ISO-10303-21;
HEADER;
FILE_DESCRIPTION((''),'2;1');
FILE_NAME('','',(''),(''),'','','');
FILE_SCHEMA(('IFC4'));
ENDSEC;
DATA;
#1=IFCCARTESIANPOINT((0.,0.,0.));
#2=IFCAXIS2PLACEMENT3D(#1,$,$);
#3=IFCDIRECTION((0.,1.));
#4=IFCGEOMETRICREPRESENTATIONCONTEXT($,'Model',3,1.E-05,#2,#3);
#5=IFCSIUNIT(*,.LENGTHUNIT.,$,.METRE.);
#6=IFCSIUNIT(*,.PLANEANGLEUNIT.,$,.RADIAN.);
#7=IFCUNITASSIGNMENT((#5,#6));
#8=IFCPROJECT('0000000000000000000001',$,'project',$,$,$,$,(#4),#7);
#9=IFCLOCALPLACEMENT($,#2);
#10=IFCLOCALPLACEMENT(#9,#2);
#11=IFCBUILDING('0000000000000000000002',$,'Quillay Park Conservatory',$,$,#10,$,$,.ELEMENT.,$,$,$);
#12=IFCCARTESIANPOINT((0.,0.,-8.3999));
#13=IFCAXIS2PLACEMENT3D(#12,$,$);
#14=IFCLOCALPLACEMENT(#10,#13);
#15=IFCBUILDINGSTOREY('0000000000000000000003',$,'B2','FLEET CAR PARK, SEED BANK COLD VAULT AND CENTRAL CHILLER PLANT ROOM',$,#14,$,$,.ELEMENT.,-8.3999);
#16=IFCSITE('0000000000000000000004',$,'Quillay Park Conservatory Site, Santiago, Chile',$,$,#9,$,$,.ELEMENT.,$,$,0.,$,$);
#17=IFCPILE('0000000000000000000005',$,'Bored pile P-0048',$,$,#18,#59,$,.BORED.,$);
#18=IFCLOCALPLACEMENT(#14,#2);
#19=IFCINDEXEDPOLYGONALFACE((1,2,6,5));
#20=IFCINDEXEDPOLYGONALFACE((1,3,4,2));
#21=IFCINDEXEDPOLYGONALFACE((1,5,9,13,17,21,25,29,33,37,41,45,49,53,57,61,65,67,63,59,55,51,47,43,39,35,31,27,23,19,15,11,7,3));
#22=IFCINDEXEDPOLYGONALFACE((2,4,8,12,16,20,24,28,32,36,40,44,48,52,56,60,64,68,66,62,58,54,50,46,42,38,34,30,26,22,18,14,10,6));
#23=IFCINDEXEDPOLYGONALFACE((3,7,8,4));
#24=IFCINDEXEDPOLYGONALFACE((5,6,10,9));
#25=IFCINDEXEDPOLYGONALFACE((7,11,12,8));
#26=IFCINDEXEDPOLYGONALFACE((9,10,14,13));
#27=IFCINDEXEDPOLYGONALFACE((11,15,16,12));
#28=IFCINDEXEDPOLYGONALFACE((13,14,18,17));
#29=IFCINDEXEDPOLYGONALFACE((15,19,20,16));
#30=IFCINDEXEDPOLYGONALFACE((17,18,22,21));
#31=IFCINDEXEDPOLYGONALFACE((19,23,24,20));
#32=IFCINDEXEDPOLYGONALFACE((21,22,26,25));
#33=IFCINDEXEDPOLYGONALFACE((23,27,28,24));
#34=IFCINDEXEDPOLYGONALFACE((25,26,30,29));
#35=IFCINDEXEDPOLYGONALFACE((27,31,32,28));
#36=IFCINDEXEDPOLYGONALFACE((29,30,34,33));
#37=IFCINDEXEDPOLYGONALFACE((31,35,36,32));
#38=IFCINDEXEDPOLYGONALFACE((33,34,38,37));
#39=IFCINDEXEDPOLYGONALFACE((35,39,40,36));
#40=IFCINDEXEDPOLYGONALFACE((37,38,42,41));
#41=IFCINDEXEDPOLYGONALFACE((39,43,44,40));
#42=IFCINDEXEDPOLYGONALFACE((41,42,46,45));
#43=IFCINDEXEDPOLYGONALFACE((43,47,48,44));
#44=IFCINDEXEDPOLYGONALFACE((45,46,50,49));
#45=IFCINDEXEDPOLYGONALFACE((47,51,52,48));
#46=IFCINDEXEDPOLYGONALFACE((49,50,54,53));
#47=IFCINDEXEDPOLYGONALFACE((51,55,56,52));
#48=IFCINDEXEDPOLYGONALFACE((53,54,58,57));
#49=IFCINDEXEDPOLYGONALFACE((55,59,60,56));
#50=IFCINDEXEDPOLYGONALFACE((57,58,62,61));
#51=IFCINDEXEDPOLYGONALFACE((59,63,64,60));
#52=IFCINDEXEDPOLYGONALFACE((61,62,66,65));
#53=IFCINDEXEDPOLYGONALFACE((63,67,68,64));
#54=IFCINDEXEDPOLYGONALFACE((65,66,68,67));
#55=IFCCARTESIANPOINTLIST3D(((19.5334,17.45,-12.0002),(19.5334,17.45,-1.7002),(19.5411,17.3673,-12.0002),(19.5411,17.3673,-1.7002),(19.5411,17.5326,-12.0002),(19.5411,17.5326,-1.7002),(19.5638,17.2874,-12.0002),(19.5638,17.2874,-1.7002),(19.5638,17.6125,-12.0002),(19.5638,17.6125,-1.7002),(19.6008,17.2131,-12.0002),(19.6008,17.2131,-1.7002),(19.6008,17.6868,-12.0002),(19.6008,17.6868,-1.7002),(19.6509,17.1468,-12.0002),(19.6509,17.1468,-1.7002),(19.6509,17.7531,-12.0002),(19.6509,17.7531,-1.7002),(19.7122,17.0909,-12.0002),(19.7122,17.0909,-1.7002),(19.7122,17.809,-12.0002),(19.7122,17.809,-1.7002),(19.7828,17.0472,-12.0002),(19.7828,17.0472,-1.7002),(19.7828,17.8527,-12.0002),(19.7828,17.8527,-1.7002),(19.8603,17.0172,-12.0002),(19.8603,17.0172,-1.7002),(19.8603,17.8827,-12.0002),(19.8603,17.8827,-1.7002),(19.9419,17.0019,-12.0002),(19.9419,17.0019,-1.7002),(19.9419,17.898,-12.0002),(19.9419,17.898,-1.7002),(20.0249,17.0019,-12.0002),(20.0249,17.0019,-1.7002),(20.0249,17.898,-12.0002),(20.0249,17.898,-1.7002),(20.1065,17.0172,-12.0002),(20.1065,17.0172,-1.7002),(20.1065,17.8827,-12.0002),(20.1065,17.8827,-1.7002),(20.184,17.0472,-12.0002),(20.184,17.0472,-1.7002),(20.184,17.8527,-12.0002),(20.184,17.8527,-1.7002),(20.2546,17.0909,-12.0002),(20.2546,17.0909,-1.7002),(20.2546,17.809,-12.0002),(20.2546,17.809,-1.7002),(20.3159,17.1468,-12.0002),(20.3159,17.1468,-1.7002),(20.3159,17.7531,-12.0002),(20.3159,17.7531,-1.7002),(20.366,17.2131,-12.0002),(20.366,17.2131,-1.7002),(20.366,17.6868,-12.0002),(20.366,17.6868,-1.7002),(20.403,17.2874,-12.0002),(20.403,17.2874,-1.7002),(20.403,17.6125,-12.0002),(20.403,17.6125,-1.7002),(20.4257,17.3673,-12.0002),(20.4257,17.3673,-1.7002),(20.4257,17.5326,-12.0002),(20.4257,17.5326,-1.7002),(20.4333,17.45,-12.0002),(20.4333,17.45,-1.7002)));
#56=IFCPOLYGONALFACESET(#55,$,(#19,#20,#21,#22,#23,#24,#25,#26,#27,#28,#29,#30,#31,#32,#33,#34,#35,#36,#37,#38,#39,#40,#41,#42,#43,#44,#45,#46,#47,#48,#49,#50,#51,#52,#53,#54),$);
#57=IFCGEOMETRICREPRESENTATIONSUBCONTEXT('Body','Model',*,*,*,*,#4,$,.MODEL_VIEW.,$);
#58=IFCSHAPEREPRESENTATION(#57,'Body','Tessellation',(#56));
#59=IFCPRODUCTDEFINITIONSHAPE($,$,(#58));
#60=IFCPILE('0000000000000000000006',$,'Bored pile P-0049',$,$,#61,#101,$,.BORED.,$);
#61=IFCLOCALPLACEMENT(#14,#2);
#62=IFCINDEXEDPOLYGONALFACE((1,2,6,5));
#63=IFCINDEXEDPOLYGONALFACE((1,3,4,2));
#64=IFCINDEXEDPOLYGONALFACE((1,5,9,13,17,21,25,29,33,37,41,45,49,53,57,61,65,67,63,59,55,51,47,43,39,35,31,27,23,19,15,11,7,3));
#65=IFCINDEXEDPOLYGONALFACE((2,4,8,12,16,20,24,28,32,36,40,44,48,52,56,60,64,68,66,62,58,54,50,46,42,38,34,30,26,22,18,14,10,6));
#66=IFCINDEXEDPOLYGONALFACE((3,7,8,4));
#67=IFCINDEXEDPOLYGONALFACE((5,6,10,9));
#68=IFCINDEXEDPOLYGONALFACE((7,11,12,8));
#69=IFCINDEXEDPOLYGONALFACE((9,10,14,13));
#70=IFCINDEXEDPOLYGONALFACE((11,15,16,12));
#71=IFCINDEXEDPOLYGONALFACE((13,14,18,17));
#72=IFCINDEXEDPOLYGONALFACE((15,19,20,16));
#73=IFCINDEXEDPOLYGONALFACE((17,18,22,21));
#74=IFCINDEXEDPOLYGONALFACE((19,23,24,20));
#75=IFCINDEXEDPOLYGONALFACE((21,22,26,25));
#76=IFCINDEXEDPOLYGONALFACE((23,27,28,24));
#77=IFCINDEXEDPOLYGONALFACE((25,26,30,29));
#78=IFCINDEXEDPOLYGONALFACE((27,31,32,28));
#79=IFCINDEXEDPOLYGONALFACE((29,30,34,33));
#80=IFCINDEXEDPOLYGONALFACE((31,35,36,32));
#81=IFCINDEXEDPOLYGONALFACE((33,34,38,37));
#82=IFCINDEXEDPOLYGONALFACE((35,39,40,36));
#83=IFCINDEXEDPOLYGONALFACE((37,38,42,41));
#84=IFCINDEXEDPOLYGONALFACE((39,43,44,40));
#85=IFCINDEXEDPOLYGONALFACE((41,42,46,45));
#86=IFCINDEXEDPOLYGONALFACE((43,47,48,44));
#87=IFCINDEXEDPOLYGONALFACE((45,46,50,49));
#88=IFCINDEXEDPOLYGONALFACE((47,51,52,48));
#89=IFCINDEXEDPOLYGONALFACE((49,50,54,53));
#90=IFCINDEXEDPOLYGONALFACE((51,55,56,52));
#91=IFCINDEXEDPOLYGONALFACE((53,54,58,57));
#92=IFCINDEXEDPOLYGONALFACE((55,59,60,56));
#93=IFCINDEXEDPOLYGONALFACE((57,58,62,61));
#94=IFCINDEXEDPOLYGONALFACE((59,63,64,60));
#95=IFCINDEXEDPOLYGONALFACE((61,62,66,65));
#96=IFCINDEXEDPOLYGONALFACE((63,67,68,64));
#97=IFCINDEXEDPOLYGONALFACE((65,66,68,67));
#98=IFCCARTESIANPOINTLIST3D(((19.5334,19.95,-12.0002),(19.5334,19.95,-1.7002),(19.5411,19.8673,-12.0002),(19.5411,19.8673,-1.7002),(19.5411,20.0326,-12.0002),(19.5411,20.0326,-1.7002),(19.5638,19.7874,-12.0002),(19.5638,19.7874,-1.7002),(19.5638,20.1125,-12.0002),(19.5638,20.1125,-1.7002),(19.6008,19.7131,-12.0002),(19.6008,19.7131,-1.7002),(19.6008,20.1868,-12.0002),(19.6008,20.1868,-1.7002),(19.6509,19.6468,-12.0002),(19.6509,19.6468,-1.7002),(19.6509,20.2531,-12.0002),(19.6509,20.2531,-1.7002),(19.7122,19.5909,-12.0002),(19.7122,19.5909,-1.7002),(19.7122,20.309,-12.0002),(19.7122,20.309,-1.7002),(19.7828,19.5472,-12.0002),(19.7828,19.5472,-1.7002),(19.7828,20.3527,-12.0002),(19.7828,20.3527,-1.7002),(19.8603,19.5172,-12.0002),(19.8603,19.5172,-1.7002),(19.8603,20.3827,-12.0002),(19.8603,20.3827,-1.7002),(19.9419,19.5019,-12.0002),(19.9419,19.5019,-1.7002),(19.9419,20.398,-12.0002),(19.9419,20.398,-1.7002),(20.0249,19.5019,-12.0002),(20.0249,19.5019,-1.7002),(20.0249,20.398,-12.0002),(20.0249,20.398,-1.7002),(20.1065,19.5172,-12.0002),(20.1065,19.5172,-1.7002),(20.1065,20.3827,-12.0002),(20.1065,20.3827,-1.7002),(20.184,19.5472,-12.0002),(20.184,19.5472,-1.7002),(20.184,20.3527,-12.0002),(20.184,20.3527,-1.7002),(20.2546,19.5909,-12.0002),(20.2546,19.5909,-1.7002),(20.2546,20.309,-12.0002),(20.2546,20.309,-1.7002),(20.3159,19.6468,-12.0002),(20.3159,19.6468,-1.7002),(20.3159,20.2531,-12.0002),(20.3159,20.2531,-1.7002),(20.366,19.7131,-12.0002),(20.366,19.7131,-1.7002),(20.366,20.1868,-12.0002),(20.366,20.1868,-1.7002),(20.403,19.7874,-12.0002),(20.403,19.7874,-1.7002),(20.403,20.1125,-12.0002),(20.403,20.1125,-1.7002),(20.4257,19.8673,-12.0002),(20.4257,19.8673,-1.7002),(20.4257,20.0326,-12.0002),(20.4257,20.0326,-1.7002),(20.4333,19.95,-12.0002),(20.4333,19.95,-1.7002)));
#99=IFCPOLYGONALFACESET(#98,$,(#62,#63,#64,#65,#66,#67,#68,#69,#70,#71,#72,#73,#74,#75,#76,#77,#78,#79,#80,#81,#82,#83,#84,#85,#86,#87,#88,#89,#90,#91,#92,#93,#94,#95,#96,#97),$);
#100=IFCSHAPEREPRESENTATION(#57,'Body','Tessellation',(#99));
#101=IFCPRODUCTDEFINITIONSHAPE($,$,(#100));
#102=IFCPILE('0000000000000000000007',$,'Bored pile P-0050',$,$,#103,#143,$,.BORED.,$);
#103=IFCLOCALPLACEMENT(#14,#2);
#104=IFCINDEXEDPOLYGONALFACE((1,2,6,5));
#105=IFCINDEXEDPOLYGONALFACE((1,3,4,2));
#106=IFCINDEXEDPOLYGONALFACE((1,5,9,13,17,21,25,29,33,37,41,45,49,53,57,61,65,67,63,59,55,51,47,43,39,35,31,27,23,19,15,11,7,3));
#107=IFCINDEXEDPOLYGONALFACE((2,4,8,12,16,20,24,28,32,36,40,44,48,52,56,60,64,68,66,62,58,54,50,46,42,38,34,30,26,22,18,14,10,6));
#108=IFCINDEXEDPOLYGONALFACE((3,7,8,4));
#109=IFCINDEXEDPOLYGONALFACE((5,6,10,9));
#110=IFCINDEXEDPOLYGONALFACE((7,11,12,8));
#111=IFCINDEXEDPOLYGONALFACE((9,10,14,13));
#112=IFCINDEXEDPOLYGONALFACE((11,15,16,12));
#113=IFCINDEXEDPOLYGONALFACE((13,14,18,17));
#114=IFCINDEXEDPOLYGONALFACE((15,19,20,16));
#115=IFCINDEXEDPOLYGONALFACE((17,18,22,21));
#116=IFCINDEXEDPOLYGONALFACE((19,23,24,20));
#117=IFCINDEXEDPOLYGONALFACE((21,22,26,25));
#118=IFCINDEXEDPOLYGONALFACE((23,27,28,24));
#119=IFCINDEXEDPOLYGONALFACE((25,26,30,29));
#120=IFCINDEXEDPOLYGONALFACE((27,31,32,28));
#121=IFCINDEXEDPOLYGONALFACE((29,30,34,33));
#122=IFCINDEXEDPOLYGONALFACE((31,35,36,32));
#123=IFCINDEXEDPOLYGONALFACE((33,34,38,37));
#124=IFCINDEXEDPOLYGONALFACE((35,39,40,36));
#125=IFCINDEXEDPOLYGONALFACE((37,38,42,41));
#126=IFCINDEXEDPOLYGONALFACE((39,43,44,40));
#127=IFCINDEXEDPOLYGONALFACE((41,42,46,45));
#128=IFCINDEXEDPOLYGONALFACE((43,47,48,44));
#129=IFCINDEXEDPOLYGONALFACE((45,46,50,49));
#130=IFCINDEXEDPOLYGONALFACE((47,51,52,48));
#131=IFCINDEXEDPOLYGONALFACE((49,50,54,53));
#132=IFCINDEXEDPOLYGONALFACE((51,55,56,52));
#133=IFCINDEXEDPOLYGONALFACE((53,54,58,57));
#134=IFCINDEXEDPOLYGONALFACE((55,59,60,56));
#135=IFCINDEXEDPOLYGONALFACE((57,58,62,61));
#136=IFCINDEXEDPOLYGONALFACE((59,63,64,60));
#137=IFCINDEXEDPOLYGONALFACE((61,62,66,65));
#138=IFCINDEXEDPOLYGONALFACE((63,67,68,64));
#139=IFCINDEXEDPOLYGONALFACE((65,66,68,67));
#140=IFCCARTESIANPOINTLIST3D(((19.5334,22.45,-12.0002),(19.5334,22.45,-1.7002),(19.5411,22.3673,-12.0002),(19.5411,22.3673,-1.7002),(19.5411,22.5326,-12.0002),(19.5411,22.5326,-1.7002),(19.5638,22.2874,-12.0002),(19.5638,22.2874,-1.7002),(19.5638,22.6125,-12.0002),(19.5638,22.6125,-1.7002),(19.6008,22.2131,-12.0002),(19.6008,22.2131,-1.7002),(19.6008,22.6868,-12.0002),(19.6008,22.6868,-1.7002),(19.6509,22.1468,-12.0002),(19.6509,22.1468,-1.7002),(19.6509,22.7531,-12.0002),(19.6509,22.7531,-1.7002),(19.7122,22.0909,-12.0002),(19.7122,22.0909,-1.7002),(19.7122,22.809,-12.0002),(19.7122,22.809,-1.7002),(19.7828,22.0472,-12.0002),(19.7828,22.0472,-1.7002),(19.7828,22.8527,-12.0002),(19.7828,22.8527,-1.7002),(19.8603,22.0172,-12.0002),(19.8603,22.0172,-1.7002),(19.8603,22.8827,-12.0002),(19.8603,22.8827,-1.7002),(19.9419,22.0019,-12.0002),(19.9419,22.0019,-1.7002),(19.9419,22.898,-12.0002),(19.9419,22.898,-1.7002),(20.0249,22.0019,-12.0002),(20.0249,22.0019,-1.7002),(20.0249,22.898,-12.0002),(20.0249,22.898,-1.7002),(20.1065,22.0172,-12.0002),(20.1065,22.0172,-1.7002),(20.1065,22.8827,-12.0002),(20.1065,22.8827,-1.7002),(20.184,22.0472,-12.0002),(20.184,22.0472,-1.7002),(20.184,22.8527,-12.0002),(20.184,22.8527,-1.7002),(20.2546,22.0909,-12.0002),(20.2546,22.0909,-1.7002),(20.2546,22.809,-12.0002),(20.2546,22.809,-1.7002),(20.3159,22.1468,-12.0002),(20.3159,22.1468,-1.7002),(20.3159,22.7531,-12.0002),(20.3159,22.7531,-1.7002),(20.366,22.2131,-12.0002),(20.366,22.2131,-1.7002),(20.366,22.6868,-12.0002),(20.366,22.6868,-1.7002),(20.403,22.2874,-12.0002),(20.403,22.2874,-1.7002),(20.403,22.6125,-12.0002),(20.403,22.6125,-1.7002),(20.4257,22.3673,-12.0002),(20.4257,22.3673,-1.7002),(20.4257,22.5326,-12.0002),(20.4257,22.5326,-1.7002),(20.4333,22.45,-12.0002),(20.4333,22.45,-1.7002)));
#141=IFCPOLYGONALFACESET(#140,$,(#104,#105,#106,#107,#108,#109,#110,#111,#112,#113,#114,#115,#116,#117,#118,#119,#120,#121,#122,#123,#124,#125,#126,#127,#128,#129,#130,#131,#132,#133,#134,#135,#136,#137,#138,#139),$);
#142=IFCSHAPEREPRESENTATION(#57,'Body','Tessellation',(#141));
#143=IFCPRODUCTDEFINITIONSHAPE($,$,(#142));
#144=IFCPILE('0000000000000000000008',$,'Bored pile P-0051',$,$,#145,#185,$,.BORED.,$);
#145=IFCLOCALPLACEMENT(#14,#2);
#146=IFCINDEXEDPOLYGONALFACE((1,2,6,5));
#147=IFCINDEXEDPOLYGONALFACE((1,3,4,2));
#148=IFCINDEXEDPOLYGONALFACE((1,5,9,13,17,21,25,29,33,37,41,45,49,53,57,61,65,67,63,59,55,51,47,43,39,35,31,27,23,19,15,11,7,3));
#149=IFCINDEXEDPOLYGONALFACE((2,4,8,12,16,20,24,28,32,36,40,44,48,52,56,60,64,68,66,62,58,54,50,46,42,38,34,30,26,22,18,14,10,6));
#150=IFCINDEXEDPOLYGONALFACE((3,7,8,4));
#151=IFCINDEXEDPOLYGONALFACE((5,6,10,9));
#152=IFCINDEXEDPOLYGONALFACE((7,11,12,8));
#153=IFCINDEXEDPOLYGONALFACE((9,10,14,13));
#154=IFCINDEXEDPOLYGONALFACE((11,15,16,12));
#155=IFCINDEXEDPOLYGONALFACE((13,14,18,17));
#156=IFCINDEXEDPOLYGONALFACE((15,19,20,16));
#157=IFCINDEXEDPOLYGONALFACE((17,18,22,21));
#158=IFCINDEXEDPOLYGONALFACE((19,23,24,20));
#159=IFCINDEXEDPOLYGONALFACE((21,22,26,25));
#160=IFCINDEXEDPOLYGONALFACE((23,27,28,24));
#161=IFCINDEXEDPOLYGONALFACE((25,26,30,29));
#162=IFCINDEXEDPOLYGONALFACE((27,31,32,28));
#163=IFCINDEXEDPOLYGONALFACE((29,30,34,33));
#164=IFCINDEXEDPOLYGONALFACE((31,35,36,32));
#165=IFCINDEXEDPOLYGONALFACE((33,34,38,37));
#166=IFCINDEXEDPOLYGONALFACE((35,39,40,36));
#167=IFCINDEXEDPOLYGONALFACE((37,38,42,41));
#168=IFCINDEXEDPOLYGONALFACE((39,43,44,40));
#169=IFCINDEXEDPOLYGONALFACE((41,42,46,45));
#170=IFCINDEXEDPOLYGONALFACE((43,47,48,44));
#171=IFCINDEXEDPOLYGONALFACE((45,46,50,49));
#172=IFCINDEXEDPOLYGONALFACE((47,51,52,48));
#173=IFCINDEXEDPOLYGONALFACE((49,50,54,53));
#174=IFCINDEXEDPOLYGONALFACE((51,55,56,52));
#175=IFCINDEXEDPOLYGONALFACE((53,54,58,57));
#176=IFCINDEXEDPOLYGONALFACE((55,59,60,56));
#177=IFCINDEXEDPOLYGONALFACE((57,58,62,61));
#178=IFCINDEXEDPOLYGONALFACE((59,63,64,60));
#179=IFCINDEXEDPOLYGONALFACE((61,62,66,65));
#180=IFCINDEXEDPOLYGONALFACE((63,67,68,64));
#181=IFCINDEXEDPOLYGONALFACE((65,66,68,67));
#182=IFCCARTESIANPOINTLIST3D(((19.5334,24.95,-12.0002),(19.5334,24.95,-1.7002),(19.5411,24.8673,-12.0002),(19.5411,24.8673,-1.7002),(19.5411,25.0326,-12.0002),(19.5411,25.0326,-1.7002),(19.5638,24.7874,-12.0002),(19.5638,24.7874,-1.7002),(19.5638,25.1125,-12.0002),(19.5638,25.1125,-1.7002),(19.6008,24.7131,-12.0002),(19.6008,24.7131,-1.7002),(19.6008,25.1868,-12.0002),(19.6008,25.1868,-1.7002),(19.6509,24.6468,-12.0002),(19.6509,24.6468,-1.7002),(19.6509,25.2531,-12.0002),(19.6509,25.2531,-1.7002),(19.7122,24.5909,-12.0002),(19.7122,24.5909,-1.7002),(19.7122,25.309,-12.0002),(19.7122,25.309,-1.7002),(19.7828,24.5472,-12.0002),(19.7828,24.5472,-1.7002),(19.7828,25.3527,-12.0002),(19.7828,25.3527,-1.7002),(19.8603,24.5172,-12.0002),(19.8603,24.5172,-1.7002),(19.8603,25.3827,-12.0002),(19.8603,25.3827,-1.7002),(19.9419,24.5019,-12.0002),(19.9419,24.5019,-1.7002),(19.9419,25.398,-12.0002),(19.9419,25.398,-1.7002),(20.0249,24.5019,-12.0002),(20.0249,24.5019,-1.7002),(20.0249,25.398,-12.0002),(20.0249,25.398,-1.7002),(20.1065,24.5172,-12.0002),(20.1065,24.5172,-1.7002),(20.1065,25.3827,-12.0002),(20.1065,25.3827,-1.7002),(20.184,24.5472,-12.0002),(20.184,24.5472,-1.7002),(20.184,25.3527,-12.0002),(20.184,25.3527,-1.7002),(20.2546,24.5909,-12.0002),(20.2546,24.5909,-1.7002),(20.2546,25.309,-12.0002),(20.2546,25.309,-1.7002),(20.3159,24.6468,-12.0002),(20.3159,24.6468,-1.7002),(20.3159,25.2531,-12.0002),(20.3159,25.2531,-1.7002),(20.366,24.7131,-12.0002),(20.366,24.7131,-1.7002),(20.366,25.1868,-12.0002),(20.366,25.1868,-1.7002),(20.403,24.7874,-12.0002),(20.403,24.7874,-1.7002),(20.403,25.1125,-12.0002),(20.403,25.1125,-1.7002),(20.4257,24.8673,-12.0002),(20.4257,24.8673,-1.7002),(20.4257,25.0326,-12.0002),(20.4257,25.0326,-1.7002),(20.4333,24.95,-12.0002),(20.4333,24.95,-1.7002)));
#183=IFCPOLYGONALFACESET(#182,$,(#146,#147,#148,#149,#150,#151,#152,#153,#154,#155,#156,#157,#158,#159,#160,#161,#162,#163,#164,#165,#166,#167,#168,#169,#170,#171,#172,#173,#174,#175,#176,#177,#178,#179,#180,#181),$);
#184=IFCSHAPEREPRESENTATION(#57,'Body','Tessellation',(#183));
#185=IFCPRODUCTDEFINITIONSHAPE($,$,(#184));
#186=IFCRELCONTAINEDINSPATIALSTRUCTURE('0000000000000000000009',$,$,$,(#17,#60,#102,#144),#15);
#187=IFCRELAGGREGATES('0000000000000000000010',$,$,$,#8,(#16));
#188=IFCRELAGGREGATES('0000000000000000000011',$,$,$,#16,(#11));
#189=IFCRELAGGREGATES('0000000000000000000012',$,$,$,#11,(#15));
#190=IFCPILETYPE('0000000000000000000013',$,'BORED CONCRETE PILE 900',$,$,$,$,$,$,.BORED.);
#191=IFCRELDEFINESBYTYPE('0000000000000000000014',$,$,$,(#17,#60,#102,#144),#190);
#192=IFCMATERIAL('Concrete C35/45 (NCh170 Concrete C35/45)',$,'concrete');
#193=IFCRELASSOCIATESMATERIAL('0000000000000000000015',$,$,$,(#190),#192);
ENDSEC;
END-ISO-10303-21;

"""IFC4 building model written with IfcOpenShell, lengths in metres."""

from ifc_helpers import new_model, si_unit, direction, frame, origin, origin_2d, place, context, subcontext, project, spatial, circle, extrude, material, material_profile, profile_set, type_object, element, save


model = new_model("IFC4")

# Units and contexts
model_context = context("Model", 3, precision=1e-05, world=origin(), true_north=direction((0.0, 1.0)))
body_context = subcontext(model_context, "Body", "Model", "MODEL_VIEW")
ifc_project = project(units=[si_unit("LENGTHUNIT", "METRE"), si_unit("PLANEANGLEUNIT", "RADIAN")], contexts=[model_context])

# Site, building, storey
site_placement = place(None, origin())
site = spatial("IfcSite", under=ifc_project, at=site_placement, Name="Quillay Park Conservatory Site, Santiago, Chile", CompositionType="ELEMENT", RefElevation=0.0)
building_placement = place(site_placement, origin())
building = spatial("IfcBuilding", under=site, at=building_placement, Name="Quillay Park Conservatory", CompositionType="ELEMENT")
storey_placement = place(building_placement, frame((0.0, 0.0, -8.3999)))
storey = spatial("IfcBuildingStorey", under=building, at=storey_placement, Name="B2", Description="FLEET CAR PARK, SEED BANK COLD VAULT AND CENTRAL CHILLER PLANT ROOM", CompositionType="ELEMENT", Elevation=-8.3999)

# Piles
ifc_material_1 = material(Name="Concrete C35/45 (NCh170 Concrete C35/45)", Category="concrete")
ifc_material_profile_1 = material_profile(ifc_material_1, circle(Radius=0.45, at=origin_2d()), Name="PILE900")
ifc_profile_set_1 = profile_set([ifc_material_profile_1], Name="Concrete C35/45 (NCh170 Concrete C35/45)")
pile_type = type_object("IfcPileType", Name="BORED CONCRETE PILE 900", PredefinedType="BORED", material=ifc_profile_set_1)
for number, where, z_axis, x_axis, name in (
    (1, (19.9834, 17.45, -1.7002), (0.0, 0.0, -1.0), (1.0, 0.0, 0.0), "Bored pile P-0048"),
    (2, (19.9834, 19.95, -1.7002), (0.0, 0.0, -1.0), (1.0, 0.0, 0.0), "Bored pile P-0049"),
    (3, (19.9834, 22.45, -1.7002), (0.0, 0.0, -1.0), (1.0, 0.0, 0.0), "Bored pile P-0050"),
    (4, (19.9834, 24.95, -1.7002), (0.0, 0.0, -1.0), (1.0, 0.0, 0.0), "Bored pile P-0051"),
):
    element("IfcPile", number, at=place(storey_placement, frame(where, z_axis=z_axis, x_axis=x_axis)), inside=storey, type_object=pile_type, Name=name, PredefinedType="BORED", context=body_context, shape_type="SweptSolid", body=[
        extrude(circle(Radius=0.45, at=origin_2d()), origin(), (0.0, 0.0, 1.0), 10.3),
    ])

save(model, "model.ifc")
